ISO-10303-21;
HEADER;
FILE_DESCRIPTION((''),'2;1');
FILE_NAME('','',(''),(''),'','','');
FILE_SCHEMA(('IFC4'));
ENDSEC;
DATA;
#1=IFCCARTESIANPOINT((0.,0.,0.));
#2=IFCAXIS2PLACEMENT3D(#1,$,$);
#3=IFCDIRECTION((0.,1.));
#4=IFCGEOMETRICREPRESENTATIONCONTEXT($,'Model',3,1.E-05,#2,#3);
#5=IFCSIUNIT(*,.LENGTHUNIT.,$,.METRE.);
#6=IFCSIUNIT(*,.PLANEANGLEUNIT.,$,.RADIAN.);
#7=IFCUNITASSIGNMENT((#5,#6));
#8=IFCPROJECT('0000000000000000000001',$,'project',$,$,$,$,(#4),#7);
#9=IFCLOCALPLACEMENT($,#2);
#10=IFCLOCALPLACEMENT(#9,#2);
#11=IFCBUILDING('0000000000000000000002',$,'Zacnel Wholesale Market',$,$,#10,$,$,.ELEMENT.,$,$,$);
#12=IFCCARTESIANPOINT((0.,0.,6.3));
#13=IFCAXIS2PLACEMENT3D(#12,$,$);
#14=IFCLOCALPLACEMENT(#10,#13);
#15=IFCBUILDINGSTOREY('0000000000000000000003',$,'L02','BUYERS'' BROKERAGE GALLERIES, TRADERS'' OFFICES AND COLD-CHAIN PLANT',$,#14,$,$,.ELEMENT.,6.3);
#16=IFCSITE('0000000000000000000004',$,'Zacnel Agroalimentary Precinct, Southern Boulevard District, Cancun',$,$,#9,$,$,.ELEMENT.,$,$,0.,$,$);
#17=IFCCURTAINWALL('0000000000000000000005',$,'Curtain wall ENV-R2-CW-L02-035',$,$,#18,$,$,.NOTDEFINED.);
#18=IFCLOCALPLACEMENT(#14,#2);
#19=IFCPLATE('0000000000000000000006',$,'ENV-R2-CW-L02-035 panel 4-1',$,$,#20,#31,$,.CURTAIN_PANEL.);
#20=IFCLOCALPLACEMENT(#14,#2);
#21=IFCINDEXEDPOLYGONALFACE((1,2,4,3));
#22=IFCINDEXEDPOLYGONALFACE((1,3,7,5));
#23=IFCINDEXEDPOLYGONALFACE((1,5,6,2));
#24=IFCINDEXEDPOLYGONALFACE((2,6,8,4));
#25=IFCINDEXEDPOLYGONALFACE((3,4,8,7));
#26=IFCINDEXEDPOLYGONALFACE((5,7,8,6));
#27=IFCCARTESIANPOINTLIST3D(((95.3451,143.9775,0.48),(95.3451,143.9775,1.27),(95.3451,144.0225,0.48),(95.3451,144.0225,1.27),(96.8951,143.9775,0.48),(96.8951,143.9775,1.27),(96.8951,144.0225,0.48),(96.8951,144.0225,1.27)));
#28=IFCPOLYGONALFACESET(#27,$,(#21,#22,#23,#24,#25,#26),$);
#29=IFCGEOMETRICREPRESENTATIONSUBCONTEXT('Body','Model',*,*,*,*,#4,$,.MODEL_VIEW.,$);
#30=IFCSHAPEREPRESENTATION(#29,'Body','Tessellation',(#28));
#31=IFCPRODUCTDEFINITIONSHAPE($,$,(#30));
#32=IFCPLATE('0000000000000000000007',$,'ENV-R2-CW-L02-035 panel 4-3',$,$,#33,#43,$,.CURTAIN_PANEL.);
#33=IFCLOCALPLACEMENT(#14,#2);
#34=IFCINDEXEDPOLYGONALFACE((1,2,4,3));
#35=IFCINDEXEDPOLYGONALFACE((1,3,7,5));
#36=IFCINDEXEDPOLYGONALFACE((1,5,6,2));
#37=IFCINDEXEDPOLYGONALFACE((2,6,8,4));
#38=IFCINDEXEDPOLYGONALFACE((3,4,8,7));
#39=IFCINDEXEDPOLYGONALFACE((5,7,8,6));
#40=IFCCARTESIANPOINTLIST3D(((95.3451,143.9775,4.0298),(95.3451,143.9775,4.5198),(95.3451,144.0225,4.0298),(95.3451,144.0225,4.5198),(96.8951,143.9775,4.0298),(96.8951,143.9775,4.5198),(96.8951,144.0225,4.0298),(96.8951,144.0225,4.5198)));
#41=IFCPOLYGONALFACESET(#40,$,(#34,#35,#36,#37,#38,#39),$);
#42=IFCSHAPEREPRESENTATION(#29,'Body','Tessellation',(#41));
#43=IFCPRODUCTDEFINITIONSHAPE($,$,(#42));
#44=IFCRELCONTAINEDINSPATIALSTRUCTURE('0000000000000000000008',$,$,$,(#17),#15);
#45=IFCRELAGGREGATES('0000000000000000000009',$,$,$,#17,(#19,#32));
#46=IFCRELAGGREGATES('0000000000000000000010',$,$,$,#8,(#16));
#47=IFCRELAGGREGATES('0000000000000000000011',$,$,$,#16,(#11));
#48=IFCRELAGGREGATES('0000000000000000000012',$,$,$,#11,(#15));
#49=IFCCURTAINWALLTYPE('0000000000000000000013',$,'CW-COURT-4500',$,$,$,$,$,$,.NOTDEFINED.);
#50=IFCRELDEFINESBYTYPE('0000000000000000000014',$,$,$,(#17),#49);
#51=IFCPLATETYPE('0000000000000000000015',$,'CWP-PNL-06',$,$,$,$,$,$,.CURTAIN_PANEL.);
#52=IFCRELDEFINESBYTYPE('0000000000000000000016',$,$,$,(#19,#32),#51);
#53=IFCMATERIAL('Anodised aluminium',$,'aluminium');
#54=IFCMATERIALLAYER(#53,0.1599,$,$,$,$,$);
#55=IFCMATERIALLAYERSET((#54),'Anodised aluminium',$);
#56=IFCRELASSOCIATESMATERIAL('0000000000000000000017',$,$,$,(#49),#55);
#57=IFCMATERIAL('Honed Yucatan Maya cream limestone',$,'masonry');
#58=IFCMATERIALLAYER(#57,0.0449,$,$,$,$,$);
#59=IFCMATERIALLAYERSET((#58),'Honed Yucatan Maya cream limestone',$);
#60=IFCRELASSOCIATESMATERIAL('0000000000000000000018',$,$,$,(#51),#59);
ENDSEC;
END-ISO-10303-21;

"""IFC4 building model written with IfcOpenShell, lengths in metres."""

from ifc_helpers import new_model, si_unit, direction, frame, origin, origin_2d, place, context, subcontext, project, spatial, rectangle, extrude, material, layer, layer_set, type_object, element, aggregate, save


model = new_model("IFC4")

# Units and contexts
model_context = context("Model", 3, precision=1e-05, world=origin(), true_north=direction((0.0, 1.0)))
body_context = subcontext(model_context, "Body", "Model", "MODEL_VIEW")
ifc_project = project(units=[si_unit("LENGTHUNIT", "METRE"), si_unit("PLANEANGLEUNIT", "RADIAN")], contexts=[model_context])

# Site, building, storey
site_placement = place(None, origin())
site = spatial("IfcSite", under=ifc_project, at=site_placement, Name="Zacnel Agroalimentary Precinct, Southern Boulevard District, Cancun", CompositionType="ELEMENT", RefElevation=0.0)
building_placement = place(site_placement, origin())
building = spatial("IfcBuilding", under=site, at=building_placement, Name="Zacnel Wholesale Market", CompositionType="ELEMENT")
storey_placement = place(building_placement, frame((0.0, 0.0, 6.3)))
storey = spatial("IfcBuildingStorey", under=building, at=storey_placement, Name="L02", Description="BUYERS' BROKERAGE GALLERIES, TRADERS' OFFICES AND COLD-CHAIN PLANT", CompositionType="ELEMENT", Elevation=6.3)

# Curtain wall, plates
ifc_material_1 = material(Name="Anodised aluminium", Category="aluminium")
ifc_layer_1 = layer(ifc_material_1, 0.1599)
ifc_layer_set_1 = layer_set([ifc_layer_1], Name="Anodised aluminium")
curtain_wall_type = type_object("IfcCurtainWallType", Name="CW-COURT-4500", PredefinedType="NOTDEFINED", material=ifc_layer_set_1)
curtain_wall_placement = place(storey_placement, origin())
curtain_wall = element("IfcCurtainWall", 1, at=curtain_wall_placement, inside=storey, type_object=curtain_wall_type, Name="Curtain wall ENV-R2-CW-L02-035", PredefinedType="NOTDEFINED")
ifc_material_2 = material(Name="Honed Yucatan Maya cream limestone", Category="masonry")
ifc_layer_2 = layer(ifc_material_2, 0.0449)
ifc_layer_set_2 = layer_set([ifc_layer_2], Name="Honed Yucatan Maya cream limestone")
plate_type_1 = type_object("IfcPlateType", Name="CWP-PNL-06", PredefinedType="CURTAIN_PANEL", material=ifc_layer_set_2)
plate_1_placement = place(storey_placement, frame((96.1201, 144.0, 0.48), z_axis=(0.0, 0.0, 1.0), x_axis=(1.0, 0.0, 0.0)))
plate_1 = element("IfcPlate", 2, at=plate_1_placement, type_object=plate_type_1, Name="ENV-R2-CW-L02-035 panel 4-1", PredefinedType="CURTAIN_PANEL", context=body_context, shape_type="SweptSolid", body=[
    extrude(rectangle(XDim=1.55, YDim=0.0449, at=origin_2d()), origin(), (0.0, 0.0, 1.0), 0.79),
])
plate_2_placement = place(storey_placement, frame((96.1201, 144.0, 4.0298), z_axis=(0.0, 0.0, 1.0), x_axis=(1.0, 0.0, 0.0)))
plate_2 = element("IfcPlate", 3, at=plate_2_placement, type_object=plate_type_1, Name="ENV-R2-CW-L02-035 panel 4-3", PredefinedType="CURTAIN_PANEL", context=body_context, shape_type="SweptSolid", body=[
    extrude(rectangle(XDim=1.55, YDim=0.0449, at=origin_2d()), origin(), (0.0, 0.0, 1.0), 0.49),
])
aggregate(curtain_wall, [plate_1, plate_2])

save(model, "model.ifc")
